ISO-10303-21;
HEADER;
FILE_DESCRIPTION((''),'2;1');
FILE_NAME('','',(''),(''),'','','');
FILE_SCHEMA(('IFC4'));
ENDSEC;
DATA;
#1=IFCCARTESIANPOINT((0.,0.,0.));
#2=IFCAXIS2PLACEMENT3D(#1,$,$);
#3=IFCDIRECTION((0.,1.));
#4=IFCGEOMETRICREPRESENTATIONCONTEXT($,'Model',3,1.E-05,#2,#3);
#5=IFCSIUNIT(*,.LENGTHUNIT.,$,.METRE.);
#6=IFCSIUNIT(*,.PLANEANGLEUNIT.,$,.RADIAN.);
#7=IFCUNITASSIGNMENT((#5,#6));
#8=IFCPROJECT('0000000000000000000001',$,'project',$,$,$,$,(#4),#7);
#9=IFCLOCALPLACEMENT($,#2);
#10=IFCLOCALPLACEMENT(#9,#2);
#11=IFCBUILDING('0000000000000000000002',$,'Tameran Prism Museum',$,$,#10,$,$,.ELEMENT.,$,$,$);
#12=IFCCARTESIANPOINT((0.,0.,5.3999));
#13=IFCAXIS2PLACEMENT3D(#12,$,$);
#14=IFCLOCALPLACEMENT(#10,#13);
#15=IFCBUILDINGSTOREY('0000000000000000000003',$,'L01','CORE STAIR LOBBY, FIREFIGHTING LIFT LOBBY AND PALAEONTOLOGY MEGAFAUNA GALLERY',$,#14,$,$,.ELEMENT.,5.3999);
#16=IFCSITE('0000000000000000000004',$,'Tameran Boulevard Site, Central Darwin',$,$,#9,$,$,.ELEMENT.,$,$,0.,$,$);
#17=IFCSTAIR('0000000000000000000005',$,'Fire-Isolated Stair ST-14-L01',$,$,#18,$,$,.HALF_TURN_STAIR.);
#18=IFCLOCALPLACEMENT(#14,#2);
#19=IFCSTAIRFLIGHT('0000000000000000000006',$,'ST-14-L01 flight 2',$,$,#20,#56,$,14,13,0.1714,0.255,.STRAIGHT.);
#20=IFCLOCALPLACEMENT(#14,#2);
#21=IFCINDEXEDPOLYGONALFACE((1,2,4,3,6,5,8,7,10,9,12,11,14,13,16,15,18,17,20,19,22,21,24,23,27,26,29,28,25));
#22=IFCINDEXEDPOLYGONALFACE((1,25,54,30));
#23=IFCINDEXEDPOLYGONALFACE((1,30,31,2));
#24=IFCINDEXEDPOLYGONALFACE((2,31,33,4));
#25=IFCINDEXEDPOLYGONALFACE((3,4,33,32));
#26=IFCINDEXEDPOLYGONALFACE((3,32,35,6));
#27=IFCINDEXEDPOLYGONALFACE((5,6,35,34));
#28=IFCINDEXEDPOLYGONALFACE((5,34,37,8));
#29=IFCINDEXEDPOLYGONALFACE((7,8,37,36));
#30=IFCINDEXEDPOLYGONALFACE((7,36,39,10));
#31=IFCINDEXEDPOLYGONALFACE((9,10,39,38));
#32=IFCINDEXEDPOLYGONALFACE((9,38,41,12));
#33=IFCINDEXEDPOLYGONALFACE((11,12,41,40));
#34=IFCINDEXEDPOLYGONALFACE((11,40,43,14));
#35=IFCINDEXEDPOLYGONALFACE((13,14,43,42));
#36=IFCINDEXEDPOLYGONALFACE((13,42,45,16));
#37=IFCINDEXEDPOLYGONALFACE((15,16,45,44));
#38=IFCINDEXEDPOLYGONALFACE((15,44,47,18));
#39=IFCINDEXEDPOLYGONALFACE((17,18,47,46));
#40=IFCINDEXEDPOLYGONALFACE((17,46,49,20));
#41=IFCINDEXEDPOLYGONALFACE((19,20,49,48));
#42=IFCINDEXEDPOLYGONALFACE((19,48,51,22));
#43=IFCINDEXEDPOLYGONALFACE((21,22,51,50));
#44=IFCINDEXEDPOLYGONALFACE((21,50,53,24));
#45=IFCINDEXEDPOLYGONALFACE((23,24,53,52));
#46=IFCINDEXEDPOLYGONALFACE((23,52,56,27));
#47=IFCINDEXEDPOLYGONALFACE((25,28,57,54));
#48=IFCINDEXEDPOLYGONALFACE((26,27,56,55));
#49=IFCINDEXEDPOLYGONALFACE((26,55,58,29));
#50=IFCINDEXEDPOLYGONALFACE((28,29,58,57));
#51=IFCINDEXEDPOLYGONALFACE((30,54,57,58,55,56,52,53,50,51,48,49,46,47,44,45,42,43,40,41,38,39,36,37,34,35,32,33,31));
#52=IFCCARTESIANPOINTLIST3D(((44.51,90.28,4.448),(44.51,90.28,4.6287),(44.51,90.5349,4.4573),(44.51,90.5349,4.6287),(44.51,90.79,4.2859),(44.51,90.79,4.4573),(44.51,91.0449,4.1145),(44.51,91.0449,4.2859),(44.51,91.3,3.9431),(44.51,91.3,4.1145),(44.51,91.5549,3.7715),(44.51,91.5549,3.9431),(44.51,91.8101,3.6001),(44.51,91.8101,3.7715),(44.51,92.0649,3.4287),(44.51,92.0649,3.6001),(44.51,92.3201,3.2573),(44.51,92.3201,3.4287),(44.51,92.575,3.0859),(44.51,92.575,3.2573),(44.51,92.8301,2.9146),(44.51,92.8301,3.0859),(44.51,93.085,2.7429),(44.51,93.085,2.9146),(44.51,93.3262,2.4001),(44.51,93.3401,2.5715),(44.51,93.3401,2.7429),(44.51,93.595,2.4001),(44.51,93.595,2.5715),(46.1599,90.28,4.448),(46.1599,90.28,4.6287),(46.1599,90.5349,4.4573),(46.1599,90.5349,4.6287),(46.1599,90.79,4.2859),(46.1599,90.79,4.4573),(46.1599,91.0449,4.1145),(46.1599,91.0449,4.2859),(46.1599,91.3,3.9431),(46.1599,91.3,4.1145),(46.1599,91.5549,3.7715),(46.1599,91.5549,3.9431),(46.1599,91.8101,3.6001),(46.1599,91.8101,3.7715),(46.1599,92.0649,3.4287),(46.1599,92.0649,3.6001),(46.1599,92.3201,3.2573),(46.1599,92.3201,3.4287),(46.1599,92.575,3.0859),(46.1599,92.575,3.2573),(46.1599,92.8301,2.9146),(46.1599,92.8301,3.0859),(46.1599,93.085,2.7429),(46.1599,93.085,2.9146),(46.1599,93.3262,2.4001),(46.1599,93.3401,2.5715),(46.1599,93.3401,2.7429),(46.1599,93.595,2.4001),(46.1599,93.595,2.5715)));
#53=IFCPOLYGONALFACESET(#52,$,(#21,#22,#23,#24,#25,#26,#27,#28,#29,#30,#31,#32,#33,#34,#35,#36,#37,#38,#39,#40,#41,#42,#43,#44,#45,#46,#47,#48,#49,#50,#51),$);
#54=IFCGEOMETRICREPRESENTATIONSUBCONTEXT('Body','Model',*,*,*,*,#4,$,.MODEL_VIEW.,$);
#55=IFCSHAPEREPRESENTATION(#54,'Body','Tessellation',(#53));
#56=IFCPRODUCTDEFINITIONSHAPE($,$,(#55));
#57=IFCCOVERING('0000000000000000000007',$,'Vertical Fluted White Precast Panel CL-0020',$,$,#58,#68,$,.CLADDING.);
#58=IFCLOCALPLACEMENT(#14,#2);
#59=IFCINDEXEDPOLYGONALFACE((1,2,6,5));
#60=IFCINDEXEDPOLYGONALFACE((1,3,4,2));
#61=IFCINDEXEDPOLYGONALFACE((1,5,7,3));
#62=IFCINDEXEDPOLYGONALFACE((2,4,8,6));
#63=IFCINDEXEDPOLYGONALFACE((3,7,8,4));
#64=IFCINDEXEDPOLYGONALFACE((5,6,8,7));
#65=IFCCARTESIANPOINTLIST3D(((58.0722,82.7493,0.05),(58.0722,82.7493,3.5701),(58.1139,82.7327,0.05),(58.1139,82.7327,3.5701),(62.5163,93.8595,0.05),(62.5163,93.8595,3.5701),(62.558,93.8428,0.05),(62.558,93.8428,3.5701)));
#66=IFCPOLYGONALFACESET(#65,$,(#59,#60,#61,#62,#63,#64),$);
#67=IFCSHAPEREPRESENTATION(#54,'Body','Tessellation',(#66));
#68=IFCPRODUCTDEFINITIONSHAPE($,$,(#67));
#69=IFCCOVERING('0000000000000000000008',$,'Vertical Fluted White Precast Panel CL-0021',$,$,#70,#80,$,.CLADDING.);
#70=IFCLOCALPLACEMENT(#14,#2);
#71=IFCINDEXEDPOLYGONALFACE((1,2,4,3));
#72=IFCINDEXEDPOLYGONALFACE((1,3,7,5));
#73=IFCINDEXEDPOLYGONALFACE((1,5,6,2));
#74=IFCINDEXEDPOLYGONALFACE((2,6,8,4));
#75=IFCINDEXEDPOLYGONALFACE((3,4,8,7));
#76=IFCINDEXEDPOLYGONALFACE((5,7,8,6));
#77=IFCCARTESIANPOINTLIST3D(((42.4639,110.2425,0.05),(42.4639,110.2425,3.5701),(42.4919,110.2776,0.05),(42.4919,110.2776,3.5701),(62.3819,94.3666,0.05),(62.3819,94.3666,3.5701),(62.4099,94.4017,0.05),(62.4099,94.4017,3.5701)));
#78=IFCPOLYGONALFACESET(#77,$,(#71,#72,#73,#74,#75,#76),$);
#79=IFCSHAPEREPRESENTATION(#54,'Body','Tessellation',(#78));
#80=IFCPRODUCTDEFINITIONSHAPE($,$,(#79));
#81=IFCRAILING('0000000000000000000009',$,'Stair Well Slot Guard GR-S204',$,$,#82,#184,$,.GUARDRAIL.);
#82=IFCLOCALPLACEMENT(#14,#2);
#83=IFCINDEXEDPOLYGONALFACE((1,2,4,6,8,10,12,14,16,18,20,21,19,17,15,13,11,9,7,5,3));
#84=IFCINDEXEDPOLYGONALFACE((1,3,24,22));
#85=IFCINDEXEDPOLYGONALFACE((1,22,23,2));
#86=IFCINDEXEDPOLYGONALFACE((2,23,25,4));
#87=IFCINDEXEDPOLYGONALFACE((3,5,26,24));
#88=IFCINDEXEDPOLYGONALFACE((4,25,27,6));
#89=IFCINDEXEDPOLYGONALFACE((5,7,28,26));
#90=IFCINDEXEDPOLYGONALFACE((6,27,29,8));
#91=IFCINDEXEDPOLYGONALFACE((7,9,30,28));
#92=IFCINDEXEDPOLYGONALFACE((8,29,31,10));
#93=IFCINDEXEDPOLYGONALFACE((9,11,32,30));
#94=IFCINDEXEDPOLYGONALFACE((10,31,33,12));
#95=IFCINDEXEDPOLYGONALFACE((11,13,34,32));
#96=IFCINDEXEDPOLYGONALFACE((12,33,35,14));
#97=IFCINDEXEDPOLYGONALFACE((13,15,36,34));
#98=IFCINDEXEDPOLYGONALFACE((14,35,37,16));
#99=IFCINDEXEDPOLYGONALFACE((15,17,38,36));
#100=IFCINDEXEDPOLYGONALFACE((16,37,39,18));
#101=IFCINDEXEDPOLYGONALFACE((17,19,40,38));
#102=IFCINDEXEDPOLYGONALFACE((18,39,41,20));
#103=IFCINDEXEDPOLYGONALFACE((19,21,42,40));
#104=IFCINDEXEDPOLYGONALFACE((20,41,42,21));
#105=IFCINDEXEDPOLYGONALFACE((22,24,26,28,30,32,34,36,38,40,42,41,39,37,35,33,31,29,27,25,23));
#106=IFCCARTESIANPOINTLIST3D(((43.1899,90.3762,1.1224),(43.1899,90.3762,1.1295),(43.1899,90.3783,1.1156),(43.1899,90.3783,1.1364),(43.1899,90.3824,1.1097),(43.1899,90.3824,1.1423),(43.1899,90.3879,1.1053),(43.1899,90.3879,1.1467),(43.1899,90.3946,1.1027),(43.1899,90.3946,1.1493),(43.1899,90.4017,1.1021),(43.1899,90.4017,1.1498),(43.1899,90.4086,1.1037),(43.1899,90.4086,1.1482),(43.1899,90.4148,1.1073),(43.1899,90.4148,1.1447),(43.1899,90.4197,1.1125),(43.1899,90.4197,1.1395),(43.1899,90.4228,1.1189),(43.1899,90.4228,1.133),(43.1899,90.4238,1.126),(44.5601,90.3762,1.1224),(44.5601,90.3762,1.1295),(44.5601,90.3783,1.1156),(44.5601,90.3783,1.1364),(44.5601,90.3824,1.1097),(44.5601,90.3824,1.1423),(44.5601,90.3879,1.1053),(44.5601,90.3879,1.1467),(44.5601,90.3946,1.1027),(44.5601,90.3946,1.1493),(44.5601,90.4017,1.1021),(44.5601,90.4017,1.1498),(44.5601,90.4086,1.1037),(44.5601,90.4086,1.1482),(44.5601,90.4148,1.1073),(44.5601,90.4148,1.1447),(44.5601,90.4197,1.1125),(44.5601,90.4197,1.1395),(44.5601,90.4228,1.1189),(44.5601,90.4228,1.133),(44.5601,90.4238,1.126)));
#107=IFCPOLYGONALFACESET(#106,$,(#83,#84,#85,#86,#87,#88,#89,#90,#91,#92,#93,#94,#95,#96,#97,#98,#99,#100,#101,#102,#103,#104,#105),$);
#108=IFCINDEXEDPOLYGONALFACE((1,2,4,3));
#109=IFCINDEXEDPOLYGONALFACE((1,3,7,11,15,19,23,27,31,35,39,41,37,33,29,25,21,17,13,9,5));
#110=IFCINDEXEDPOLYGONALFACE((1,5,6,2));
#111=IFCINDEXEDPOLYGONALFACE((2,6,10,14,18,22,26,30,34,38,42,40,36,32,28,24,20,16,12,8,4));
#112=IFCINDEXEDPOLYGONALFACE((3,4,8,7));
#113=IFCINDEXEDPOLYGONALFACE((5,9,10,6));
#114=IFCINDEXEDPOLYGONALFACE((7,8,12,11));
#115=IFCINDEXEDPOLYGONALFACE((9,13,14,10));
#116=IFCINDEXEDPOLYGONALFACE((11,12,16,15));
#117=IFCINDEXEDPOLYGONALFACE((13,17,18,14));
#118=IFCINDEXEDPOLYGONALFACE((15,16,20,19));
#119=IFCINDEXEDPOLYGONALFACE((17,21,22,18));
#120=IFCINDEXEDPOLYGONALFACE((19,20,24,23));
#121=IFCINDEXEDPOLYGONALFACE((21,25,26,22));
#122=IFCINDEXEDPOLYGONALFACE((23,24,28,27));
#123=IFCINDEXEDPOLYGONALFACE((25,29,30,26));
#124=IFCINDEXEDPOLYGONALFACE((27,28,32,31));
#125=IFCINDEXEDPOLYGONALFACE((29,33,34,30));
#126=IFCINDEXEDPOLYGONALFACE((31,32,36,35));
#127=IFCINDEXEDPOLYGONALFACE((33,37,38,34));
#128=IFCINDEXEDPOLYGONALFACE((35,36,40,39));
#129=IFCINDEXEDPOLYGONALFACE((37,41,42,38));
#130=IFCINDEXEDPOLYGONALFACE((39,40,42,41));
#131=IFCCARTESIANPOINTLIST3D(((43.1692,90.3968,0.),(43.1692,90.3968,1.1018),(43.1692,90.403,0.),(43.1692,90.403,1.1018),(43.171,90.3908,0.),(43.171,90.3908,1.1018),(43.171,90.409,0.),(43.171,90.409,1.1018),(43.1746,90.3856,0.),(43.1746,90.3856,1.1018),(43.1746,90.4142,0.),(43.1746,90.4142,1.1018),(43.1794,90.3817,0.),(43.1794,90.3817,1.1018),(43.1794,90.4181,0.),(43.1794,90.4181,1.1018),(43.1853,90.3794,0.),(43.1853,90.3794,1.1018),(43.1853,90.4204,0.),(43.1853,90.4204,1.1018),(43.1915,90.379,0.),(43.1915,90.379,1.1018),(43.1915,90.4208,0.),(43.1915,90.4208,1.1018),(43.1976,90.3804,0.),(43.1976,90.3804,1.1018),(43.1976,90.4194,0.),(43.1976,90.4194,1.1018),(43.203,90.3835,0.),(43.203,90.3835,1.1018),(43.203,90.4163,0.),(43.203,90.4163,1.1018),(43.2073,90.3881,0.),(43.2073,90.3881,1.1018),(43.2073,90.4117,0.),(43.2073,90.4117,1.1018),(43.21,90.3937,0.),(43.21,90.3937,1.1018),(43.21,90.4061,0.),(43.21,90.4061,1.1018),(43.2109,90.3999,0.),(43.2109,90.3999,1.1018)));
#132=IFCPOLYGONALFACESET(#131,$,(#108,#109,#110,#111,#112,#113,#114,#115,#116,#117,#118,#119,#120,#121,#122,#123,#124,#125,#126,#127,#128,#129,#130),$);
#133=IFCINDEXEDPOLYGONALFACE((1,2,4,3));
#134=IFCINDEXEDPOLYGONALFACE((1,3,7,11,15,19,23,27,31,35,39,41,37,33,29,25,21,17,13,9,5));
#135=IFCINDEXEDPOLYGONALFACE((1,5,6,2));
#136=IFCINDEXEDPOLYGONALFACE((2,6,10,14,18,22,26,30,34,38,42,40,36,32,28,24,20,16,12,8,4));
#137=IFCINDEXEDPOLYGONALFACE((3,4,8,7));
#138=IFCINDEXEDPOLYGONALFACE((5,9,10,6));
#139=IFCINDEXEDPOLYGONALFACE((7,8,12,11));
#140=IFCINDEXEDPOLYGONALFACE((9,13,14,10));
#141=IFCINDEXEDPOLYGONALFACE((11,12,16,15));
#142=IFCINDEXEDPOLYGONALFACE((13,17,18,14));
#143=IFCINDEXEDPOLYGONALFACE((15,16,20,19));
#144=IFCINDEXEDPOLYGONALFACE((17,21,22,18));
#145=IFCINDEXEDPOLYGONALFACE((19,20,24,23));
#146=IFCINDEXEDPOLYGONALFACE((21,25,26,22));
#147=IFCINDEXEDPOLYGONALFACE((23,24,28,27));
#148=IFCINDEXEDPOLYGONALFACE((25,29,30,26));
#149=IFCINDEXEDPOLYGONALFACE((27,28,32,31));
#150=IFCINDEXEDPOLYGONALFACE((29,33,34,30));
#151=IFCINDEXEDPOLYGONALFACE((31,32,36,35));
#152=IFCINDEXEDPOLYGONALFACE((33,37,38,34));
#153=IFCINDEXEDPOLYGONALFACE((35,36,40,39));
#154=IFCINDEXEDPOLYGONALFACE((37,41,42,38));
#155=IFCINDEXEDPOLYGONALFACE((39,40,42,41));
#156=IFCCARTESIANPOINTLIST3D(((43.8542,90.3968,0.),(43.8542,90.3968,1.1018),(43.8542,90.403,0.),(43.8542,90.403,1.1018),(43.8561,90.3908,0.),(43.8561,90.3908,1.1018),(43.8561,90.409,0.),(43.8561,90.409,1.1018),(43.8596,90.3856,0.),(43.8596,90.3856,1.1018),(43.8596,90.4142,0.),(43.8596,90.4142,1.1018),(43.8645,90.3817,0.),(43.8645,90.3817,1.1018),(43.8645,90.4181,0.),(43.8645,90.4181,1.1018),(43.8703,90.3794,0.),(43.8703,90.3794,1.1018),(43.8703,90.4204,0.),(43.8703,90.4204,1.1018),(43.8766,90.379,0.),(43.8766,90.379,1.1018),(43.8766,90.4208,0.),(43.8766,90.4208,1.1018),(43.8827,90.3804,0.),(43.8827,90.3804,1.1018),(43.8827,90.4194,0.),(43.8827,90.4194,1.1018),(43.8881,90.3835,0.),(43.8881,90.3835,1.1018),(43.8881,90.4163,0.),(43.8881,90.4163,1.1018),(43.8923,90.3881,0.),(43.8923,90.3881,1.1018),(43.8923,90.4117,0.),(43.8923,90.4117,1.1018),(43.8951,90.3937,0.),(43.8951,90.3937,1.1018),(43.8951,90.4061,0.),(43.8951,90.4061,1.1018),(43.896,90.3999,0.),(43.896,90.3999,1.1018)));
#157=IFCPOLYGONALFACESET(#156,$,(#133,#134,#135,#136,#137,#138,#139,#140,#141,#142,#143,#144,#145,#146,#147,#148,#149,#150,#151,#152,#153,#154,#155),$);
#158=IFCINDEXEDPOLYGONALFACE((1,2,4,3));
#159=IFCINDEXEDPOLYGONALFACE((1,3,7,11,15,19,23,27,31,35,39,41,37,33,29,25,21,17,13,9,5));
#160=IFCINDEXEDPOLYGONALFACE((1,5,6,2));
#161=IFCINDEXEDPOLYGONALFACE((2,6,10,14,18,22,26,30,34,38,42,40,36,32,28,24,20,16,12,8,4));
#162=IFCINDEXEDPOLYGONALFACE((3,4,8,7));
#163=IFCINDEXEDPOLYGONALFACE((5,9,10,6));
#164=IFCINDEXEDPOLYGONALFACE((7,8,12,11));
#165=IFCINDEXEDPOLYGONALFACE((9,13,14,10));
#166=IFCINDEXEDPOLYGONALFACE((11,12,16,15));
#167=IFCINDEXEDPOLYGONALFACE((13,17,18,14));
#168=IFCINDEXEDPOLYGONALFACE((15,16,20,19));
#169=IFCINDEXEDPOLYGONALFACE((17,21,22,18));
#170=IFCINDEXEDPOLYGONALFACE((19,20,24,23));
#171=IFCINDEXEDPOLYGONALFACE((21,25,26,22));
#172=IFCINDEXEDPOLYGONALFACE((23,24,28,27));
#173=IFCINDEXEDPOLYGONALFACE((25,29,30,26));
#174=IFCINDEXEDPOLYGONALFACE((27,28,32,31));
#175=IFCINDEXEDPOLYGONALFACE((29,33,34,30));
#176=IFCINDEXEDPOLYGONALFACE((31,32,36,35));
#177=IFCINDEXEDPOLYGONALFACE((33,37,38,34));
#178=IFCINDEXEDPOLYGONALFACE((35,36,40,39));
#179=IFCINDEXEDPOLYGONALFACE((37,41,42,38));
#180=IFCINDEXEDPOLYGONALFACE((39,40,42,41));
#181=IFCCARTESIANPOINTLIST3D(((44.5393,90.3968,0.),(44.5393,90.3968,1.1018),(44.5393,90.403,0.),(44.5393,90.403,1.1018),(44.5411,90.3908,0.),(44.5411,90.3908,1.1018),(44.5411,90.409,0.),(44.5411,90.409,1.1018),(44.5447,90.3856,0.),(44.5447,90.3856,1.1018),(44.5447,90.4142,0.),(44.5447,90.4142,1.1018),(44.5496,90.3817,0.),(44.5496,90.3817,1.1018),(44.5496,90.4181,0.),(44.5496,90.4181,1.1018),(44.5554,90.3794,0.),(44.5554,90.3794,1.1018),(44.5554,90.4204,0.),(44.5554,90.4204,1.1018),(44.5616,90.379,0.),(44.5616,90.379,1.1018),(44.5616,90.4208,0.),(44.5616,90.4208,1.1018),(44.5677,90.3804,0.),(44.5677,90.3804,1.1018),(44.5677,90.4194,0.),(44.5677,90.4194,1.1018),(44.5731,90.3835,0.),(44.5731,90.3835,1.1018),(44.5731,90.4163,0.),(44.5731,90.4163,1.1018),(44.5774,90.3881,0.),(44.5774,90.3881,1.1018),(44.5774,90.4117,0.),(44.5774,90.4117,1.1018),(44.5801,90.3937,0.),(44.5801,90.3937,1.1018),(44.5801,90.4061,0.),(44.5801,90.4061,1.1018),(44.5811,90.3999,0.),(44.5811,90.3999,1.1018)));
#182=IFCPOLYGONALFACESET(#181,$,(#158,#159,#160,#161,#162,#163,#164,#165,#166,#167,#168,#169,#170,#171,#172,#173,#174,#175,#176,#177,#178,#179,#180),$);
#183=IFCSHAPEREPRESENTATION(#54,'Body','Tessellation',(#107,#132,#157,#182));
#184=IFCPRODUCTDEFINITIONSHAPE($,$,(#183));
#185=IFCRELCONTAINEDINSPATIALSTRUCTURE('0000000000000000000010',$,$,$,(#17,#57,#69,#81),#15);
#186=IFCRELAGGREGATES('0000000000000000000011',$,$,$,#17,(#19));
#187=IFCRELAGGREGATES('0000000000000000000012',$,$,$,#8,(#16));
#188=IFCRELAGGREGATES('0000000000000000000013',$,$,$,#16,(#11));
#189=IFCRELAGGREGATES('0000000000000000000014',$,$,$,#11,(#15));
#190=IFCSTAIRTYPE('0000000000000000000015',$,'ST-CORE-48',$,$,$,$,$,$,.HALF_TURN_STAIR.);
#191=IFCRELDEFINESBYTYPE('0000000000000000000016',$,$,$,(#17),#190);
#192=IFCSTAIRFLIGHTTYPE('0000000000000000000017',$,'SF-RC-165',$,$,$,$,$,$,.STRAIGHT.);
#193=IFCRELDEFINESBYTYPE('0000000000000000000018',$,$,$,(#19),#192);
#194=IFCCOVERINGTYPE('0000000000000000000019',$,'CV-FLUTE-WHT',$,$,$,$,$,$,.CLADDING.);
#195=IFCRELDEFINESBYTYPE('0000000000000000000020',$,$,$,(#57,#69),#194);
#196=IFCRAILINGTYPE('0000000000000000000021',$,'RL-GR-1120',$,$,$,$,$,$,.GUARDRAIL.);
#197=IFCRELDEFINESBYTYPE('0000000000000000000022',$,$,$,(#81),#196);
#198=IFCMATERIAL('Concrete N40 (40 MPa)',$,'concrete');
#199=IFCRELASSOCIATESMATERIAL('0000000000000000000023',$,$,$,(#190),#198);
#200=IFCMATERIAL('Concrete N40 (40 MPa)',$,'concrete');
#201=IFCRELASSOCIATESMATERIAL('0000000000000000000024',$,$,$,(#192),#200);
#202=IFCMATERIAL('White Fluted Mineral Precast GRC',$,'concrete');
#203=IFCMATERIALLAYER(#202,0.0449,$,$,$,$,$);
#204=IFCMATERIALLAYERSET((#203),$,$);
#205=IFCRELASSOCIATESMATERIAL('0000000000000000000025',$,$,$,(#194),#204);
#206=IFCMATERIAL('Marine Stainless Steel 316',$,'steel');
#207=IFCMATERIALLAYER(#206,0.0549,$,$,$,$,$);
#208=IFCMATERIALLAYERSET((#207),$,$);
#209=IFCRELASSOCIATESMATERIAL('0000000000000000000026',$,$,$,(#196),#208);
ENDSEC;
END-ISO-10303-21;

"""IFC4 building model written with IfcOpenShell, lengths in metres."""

from ifc_helpers import new_model, si_unit, direction, frame, frame_2d, origin, origin_2d, place, context, subcontext, project, spatial, polyline, rectangle, circle, outline, extrude, material, layer, layer_set, type_object, element, aggregate, save


model = new_model("IFC4")

# Units and contexts
model_context = context("Model", 3, precision=1e-05, world=origin(), true_north=direction((0.0, 1.0)))
body_context = subcontext(model_context, "Body", "Model", "MODEL_VIEW")
ifc_project = project(units=[si_unit("LENGTHUNIT", "METRE"), si_unit("PLANEANGLEUNIT", "RADIAN")], contexts=[model_context])

# Site, building, storey
site_placement = place(None, origin())
site = spatial("IfcSite", under=ifc_project, at=site_placement, Name="Tameran Boulevard Site, Central Darwin", CompositionType="ELEMENT", RefElevation=0.0)
building_placement = place(site_placement, origin())
building = spatial("IfcBuilding", under=site, at=building_placement, Name="Tameran Prism Museum", CompositionType="ELEMENT")
storey_placement = place(building_placement, frame((0.0, 0.0, 5.3999)))
storey = spatial("IfcBuildingStorey", under=building, at=storey_placement, Name="L01", Description="CORE STAIR LOBBY, FIREFIGHTING LIFT LOBBY AND PALAEONTOLOGY MEGAFAUNA GALLERY", CompositionType="ELEMENT", Elevation=5.3999)

# Stair, stair flight
ifc_material_1 = material(Name="Concrete N40 (40 MPa)", Category="concrete")
stair_type = type_object("IfcStairType", Name="ST-CORE-48", PredefinedType="HALF_TURN_STAIR", material=ifc_material_1)
stair_placement = place(storey_placement, origin())
stair = element("IfcStair", 1, at=stair_placement, inside=storey, type_object=stair_type, Name="Fire-Isolated Stair ST-14-L01", PredefinedType="HALF_TURN_STAIR")
ifc_material_2 = material(Name="Concrete N40 (40 MPa)", Category="concrete")
stair_flight_type = type_object("IfcStairFlightType", Name="SF-RC-165", PredefinedType="STRAIGHT", material=ifc_material_2)
stair_flight_1_placement = place(storey_placement, frame((45.335, 93.595, 2.4001), z_axis=(0.0, 0.0, 1.0), x_axis=(0.0, -1.0, 0.0)))
stair_flight_1 = element("IfcStairFlight", 2, at=stair_flight_1_placement, type_object=stair_flight_type, Name="ST-14-L01 flight 2", NumberOfRisers=14, NumberOfTreads=13, PredefinedType="STRAIGHT", RiserHeight=0.1714, TreadLength=0.255, context=body_context, shape_type="SweptSolid", body=[
    extrude(outline(polyline([(0.0, 0.0), (0.0, 0.1714), (0.2549, 0.1714), (0.2549, 0.3428), (0.51, 0.3428), (0.51, 0.5144), (0.7649, 0.5144), (0.7649, 0.6858), (1.02, 0.6858), (1.02, 0.8572), (1.2749, 0.8572), (1.2749, 1.0286), (1.53, 1.0286), (1.53, 1.2), (1.7849, 1.2), (1.7849, 1.3713), (2.04, 1.3713), (2.04, 1.543), (2.2949, 1.543), (2.2949, 1.7144), (2.55, 1.7144), (2.55, 1.8857), (2.8049, 1.8857), (2.8049, 2.0571), (3.0601, 2.0571), (3.0601, 2.2285), (3.3149, 2.2285), (3.3149, 2.3999), (3.3149, 2.0479), (0.2688, 0.0), (0.0, 0.0)])), frame((0.0, 0.825, 0.0), z_axis=(0.0, -1.0, 0.0), x_axis=(1.0, 0.0, 0.0)), (0.0, 0.0, 1.0), 1.6499),
])
aggregate(stair, [stair_flight_1])

# Coverings
ifc_material_3 = material(Name="White Fluted Mineral Precast GRC", Category="concrete")
ifc_layer_1 = layer(ifc_material_3, 0.0449)
ifc_layer_set_1 = layer_set([ifc_layer_1])
covering_type = type_object("IfcCoveringType", Name="CV-FLUTE-WHT", PredefinedType="CLADDING", material=ifc_layer_set_1)
covering_1_placement = place(storey_placement, frame((62.5371, 93.8511, 0.05), z_axis=(0.0, 0.0, 1.0), x_axis=(-0.371394, -0.928475, 0.0)))
element("IfcCovering", 3, at=covering_1_placement, inside=storey, type_object=covering_type, Name="Vertical Fluted White Precast Panel CL-0020", PredefinedType="CLADDING", context=body_context, shape_type="SweptSolid", body=[
    extrude(rectangle(XDim=11.9661, YDim=0.0449, at=frame_2d((5.9829, 0.0))), origin(), (0.0, 0.0, 1.0), 3.52),
])
covering_2_placement = place(storey_placement, frame((42.478, 110.26, 0.05), z_axis=(0.0, 0.0, 1.0), x_axis=(0.781986, -0.623296, 0.0)))
element("IfcCovering", 4, at=covering_2_placement, inside=storey, type_object=covering_type, Name="Vertical Fluted White Precast Panel CL-0021", PredefinedType="CLADDING", context=body_context, shape_type="SweptSolid", body=[
    extrude(rectangle(XDim=25.4709, YDim=0.0449, at=frame_2d((12.7354, 0.0))), origin(), (0.0, 0.0, 1.0), 3.52),
])

# Railing
ifc_material_4 = material(Name="Marine Stainless Steel 316", Category="steel")
ifc_layer_2 = layer(ifc_material_4, 0.0549)
ifc_layer_set_2 = layer_set([ifc_layer_2])
railing_type_1 = type_object("IfcRailingType", Name="RL-GR-1120", PredefinedType="GUARDRAIL", material=ifc_layer_set_2)
railing_1_placement = place(storey_placement, frame((43.1899, 90.3999, 0.0)))
element("IfcRailing", 5, at=railing_1_placement, inside=storey, type_object=railing_type_1, Name="Stair Well Slot Guard GR-S204", PredefinedType="GUARDRAIL", context=body_context, shape_type="SweptSolid", body=[
    extrude(circle(Radius=0.0239, at=origin_2d()), frame((0.0, 0.0, 1.126), z_axis=(1.0, 0.0, 0.0), x_axis=(0.0, 1.0, 0.0)), (0.0, 0.0, 1.0), 1.3701),
    extrude(circle(Radius=0.021, at=origin_2d()), origin(), (0.0, 0.0, 1.0), 1.1018),
    extrude(circle(Radius=0.021, at=origin_2d()), frame((0.6851, 0.0, 0.0)), (0.0, 0.0, 1.0), 1.1018),
    extrude(circle(Radius=0.021, at=origin_2d()), frame((1.3701, 0.0, 0.0)), (0.0, 0.0, 1.0), 1.1018),
])

save(model, "model.ifc")
